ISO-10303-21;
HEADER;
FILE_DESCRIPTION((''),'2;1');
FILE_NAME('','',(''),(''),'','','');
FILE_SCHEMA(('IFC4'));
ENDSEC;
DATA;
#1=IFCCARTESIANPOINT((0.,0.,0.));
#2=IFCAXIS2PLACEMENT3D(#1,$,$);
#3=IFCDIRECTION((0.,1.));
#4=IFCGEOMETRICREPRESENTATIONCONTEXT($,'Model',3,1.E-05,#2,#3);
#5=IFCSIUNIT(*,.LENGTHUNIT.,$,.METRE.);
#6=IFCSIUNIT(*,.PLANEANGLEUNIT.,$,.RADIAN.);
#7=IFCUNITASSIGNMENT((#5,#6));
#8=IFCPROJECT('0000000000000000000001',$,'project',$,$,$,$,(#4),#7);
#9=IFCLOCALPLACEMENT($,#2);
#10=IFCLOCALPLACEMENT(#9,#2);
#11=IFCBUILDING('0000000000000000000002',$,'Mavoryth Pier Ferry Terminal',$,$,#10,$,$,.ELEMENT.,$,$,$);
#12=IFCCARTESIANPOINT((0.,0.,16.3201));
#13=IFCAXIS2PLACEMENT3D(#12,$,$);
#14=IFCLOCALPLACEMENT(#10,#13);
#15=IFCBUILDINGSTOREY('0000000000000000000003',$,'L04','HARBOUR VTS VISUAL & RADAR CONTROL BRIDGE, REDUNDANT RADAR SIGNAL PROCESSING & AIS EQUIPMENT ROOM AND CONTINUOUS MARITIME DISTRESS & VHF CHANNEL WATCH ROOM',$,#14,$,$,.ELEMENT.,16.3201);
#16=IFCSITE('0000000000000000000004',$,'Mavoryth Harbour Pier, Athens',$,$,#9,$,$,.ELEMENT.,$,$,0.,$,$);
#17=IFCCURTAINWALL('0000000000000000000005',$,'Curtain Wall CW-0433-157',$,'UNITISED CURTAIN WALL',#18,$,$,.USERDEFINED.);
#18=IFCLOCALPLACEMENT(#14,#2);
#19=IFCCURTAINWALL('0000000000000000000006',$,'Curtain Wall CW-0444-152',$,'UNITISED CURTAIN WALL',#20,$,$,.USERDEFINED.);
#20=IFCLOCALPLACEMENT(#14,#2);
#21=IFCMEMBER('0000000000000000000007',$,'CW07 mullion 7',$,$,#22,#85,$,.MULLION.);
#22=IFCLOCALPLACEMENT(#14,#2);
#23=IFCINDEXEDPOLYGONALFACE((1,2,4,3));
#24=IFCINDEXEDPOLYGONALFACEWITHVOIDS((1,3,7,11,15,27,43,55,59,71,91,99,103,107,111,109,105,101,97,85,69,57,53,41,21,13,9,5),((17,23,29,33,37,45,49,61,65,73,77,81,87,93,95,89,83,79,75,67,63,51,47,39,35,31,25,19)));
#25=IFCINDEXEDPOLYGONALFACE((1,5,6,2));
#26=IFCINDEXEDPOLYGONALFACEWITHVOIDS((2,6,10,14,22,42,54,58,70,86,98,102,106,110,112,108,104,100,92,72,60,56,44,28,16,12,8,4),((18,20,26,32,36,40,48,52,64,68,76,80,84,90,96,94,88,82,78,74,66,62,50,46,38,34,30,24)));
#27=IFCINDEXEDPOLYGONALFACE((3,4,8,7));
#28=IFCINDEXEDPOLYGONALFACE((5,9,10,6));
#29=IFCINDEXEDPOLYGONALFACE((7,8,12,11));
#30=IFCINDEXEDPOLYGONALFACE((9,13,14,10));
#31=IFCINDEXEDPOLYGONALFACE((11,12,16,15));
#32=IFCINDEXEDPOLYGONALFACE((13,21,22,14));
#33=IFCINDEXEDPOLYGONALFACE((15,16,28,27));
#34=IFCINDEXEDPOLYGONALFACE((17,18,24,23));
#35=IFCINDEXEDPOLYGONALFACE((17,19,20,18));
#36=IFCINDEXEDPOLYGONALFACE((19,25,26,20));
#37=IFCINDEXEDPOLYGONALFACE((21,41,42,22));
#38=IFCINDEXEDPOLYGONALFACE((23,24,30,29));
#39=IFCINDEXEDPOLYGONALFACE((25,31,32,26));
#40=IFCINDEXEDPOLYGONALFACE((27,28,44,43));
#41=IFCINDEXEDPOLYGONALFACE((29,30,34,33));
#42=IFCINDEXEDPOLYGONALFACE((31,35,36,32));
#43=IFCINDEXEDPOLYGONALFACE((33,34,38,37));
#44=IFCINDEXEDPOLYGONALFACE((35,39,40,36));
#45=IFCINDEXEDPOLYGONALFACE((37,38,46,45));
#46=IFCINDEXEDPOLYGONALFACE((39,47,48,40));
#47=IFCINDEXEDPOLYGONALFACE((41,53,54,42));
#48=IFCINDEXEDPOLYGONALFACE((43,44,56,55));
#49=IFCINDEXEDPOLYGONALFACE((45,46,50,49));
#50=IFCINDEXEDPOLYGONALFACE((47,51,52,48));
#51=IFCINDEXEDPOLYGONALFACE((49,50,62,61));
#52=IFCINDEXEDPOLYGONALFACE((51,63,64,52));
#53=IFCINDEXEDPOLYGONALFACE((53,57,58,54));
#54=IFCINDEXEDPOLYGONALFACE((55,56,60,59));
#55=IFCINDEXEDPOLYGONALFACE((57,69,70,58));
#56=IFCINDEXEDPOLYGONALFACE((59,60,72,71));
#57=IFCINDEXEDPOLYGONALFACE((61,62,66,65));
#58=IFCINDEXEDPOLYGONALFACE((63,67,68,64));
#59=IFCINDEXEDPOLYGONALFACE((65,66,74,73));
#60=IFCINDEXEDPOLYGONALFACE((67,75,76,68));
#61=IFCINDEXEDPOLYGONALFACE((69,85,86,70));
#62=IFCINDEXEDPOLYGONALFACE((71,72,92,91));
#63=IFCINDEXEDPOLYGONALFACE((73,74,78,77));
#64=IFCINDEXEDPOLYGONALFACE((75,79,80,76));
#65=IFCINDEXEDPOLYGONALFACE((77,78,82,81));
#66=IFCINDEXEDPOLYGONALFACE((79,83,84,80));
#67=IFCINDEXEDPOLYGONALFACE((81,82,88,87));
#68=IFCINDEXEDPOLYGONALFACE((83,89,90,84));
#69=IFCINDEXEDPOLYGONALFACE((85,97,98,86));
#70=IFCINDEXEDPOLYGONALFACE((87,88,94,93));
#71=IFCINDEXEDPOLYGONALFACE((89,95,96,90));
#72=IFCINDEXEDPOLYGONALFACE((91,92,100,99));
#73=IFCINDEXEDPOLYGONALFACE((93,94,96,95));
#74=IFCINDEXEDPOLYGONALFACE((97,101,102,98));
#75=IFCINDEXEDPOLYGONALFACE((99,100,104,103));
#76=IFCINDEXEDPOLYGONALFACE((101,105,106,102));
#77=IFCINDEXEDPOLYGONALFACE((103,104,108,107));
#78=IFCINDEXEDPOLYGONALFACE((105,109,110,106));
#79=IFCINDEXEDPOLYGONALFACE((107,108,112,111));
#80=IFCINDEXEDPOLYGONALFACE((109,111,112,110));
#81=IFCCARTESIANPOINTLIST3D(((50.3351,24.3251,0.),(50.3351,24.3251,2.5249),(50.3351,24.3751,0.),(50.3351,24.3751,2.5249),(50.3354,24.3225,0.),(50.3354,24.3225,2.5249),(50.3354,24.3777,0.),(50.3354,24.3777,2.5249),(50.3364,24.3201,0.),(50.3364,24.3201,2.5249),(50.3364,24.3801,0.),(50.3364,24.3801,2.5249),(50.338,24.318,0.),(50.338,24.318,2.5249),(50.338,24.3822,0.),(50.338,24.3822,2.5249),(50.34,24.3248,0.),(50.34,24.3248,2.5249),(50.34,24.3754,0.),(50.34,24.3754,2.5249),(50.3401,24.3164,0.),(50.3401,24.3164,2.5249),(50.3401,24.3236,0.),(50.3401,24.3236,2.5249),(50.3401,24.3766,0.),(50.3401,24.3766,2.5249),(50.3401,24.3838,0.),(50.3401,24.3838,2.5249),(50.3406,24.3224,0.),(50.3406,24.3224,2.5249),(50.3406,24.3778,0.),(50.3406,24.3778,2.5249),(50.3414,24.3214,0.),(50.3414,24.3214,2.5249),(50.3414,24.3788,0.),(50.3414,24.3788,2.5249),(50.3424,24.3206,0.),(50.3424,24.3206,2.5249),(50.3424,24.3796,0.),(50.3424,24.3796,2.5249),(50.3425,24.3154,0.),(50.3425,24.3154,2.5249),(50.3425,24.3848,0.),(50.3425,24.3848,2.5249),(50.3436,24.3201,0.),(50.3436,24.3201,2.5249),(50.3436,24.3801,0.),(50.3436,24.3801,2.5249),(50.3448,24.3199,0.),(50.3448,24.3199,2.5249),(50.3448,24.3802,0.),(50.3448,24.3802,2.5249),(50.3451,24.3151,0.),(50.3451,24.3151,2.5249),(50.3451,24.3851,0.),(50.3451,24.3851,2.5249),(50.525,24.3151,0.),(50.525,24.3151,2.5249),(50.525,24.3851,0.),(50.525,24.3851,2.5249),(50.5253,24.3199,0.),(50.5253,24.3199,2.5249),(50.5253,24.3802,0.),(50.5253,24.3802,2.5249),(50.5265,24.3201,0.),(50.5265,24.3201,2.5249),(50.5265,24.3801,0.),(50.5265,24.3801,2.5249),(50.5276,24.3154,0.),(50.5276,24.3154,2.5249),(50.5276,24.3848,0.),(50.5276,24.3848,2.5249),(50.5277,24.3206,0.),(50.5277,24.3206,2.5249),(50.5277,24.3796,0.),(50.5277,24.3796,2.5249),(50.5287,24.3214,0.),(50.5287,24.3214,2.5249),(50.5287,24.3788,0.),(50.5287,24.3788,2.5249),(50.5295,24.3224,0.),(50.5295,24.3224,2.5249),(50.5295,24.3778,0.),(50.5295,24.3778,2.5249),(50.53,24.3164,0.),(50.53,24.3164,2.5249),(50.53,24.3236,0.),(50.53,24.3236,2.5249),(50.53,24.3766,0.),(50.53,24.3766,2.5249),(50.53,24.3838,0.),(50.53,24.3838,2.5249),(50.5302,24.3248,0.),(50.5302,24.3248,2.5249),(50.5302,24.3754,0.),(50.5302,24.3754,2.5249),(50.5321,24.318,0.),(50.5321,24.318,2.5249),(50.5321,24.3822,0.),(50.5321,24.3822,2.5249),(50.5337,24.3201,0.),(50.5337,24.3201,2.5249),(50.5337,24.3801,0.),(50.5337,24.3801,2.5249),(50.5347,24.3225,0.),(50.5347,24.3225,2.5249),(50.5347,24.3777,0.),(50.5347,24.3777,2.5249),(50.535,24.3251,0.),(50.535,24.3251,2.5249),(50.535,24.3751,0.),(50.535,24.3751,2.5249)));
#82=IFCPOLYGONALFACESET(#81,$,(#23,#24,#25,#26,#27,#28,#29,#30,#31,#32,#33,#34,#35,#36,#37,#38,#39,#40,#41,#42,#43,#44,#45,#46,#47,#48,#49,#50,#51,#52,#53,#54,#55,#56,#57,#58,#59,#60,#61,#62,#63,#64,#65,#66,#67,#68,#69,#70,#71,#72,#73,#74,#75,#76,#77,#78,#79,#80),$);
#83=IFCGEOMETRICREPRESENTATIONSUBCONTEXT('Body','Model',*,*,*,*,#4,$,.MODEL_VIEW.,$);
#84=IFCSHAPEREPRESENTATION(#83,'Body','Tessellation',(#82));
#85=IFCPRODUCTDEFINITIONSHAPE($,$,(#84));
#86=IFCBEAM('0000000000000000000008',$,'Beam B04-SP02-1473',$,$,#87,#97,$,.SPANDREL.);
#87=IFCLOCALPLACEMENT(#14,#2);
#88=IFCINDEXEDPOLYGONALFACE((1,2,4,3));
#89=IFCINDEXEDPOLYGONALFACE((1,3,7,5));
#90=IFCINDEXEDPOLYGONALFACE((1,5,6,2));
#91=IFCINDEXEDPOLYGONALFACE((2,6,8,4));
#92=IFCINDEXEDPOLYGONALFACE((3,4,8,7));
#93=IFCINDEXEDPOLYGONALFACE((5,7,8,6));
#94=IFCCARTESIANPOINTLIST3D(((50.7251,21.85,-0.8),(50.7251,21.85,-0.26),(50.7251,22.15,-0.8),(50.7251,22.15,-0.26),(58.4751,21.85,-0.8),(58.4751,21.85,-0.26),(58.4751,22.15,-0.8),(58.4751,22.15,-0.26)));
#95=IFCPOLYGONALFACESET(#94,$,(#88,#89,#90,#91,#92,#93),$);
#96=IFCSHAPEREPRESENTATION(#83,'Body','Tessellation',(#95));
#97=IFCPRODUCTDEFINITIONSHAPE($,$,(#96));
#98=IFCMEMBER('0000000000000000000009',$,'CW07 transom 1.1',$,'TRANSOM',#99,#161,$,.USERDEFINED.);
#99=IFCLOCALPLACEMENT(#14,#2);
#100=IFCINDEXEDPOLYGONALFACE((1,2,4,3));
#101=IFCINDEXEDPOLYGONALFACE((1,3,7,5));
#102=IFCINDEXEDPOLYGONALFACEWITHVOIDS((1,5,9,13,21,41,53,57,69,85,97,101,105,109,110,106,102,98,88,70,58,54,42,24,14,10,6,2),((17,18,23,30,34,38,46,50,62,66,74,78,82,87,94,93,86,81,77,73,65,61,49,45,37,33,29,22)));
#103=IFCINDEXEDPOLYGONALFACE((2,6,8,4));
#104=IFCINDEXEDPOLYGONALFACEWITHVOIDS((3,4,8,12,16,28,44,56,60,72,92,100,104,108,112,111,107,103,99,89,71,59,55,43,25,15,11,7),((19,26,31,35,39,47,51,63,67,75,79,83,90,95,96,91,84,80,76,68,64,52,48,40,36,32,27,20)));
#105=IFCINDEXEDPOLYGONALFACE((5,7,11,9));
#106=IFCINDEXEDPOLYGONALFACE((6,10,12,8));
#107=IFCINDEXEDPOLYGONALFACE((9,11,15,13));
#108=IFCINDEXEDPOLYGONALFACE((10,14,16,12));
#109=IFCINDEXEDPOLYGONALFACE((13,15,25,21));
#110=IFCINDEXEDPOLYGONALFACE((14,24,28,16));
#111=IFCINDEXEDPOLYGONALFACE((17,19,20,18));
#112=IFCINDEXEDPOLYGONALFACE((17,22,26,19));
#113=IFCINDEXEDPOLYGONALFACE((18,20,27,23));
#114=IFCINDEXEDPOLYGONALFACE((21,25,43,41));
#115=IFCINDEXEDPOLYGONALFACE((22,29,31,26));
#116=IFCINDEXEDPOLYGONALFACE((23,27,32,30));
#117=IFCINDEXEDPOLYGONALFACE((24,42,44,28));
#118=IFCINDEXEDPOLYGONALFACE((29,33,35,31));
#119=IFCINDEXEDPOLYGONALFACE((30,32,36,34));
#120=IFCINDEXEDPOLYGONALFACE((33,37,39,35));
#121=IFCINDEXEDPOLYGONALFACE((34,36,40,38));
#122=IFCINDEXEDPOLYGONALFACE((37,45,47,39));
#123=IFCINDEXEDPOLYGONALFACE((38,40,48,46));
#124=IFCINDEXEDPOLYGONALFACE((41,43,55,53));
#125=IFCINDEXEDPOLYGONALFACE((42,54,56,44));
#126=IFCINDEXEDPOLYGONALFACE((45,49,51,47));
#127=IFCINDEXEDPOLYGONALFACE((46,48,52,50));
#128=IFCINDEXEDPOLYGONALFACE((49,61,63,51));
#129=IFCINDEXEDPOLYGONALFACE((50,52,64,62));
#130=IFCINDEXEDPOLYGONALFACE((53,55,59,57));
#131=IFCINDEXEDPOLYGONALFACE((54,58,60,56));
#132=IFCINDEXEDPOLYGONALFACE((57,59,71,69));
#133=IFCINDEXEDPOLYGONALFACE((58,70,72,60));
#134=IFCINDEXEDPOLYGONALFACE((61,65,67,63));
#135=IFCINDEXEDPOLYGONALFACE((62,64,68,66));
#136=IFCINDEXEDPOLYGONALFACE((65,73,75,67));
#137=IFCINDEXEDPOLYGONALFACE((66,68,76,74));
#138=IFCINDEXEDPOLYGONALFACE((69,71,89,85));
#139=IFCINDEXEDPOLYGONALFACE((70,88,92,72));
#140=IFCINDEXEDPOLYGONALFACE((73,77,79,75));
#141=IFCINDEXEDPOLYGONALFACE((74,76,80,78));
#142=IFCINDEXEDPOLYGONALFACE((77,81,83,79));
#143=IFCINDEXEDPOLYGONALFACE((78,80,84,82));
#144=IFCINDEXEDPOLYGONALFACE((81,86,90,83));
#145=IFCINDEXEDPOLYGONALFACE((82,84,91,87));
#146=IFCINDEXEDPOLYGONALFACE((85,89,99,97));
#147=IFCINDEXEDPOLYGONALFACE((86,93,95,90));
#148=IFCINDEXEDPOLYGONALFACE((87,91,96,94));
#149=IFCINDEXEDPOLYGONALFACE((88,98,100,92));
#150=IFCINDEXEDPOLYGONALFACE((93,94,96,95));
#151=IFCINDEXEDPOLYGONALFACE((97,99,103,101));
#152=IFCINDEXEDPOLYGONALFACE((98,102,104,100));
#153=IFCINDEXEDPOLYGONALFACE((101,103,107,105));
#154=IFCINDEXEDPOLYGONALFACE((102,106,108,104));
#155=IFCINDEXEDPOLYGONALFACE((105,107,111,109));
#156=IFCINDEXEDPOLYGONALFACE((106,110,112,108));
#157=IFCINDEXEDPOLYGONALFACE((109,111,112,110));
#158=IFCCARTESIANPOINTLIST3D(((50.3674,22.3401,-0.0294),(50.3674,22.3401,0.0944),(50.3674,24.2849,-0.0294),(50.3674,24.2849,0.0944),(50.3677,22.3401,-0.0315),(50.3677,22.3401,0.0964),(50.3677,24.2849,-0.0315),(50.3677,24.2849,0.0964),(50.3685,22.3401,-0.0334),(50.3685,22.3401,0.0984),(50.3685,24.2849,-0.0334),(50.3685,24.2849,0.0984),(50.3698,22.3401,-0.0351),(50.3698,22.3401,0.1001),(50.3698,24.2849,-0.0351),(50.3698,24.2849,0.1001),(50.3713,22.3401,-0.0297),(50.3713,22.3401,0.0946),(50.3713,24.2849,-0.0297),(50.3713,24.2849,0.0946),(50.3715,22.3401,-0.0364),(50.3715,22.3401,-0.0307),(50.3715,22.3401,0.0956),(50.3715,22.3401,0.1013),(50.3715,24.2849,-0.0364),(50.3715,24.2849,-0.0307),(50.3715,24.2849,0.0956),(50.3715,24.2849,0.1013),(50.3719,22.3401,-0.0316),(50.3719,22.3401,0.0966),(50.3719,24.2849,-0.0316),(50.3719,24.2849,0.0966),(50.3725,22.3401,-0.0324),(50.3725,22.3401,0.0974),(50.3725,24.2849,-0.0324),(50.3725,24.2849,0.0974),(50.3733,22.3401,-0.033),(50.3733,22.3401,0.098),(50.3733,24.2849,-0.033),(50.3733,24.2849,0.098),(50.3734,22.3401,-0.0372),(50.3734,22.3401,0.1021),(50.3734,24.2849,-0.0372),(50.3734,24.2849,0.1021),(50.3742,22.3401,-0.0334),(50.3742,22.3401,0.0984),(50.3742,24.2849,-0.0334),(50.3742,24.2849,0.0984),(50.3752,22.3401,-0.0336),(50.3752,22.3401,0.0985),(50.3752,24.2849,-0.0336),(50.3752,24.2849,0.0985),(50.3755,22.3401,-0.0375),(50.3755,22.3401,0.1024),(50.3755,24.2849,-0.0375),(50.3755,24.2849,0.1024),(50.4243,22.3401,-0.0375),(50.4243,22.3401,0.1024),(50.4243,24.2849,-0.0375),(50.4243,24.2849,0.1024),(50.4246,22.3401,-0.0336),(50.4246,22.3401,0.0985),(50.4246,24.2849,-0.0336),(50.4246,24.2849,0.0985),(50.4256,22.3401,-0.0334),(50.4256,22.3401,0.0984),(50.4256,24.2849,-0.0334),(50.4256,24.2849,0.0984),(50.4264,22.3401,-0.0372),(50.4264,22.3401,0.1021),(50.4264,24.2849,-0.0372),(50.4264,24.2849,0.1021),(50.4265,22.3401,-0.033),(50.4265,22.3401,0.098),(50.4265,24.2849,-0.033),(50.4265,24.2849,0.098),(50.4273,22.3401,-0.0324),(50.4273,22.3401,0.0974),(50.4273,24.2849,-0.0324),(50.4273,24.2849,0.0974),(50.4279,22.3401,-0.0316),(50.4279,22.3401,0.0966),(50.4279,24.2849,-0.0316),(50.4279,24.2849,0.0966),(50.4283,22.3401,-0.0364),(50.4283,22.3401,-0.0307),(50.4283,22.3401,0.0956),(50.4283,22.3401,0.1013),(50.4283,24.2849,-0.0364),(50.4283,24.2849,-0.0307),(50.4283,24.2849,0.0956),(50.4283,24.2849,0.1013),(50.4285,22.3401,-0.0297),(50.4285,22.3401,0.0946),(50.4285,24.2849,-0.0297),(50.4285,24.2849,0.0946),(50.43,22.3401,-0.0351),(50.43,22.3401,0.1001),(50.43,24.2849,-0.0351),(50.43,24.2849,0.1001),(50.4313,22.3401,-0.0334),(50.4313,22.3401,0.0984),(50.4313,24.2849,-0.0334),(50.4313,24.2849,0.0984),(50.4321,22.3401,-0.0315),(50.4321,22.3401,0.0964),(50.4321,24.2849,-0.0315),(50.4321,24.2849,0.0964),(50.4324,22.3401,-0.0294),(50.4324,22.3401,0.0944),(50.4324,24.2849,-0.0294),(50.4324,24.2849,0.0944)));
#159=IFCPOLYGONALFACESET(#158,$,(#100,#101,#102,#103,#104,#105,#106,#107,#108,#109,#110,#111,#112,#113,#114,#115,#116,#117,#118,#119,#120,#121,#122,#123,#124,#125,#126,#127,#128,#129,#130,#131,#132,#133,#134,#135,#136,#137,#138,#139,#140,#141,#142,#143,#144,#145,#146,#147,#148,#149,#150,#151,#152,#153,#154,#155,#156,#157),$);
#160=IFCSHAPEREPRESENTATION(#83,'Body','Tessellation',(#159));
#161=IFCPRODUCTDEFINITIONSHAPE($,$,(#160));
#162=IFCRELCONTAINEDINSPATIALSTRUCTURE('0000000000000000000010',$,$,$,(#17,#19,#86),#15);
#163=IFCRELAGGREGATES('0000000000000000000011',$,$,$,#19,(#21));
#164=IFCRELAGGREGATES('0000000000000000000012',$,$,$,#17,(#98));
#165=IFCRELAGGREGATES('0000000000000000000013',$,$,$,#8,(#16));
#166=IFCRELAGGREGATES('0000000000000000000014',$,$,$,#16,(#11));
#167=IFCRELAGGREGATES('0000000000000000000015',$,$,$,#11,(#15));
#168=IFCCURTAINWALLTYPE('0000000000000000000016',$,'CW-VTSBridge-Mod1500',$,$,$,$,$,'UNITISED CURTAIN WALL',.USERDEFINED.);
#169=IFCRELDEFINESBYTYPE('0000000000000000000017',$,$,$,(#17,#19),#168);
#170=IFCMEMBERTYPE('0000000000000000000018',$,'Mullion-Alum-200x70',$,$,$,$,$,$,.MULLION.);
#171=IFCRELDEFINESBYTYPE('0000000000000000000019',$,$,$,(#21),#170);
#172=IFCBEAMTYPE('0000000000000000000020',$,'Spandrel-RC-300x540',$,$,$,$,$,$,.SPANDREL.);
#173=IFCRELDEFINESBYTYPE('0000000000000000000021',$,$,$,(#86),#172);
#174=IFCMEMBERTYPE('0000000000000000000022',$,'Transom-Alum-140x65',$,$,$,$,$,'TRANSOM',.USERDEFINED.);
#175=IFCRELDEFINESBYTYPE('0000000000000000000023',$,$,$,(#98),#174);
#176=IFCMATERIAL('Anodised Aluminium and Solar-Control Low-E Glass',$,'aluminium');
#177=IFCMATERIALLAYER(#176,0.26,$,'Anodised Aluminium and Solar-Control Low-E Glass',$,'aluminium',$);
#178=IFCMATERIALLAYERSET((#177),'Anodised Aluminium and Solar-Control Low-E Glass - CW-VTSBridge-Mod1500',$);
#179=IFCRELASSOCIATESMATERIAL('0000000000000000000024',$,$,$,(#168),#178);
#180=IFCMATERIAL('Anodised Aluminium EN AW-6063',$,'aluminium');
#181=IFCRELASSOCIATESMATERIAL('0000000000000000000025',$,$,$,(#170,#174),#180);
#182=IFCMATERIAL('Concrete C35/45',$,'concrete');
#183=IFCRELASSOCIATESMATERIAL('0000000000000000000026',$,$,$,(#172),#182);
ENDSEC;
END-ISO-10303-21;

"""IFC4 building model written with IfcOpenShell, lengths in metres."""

from ifc_helpers import new_model, si_unit, direction, frame, origin, origin_2d, place, context, subcontext, project, spatial, rectangle, hollow_rectangle, extrude, material, layer, layer_set, material_profile, profile_set, type_object, element, aggregate, save


model = new_model("IFC4")

# Units and contexts
model_context = context("Model", 3, precision=1e-05, world=origin(), true_north=direction((0.0, 1.0)))
body_context = subcontext(model_context, "Body", "Model", "MODEL_VIEW")
ifc_project = project(units=[si_unit("LENGTHUNIT", "METRE"), si_unit("PLANEANGLEUNIT", "RADIAN")], contexts=[model_context])

# Site, building, storey
site_placement = place(None, origin())
site = spatial("IfcSite", under=ifc_project, at=site_placement, Name="Mavoryth Harbour Pier, Athens", CompositionType="ELEMENT", RefElevation=0.0)
building_placement = place(site_placement, origin())
building = spatial("IfcBuilding", under=site, at=building_placement, Name="Mavoryth Pier Ferry Terminal", CompositionType="ELEMENT")
storey_placement = place(building_placement, frame((0.0, 0.0, 16.3201)))
storey = spatial("IfcBuildingStorey", under=building, at=storey_placement, Name="L04", Description="HARBOUR VTS VISUAL & RADAR CONTROL BRIDGE, REDUNDANT RADAR SIGNAL PROCESSING & AIS EQUIPMENT ROOM AND CONTINUOUS MARITIME DISTRESS & VHF CHANNEL WATCH ROOM", CompositionType="ELEMENT", Elevation=16.3201)

# Shared definitions
ifc_material_1 = material(Name="Concrete C35/45", Category="concrete")

# Curtain walls, member
ifc_material_2 = material(Name="Anodised Aluminium and Solar-Control Low-E Glass", Category="aluminium")
ifc_layer_1 = layer(ifc_material_2, 0.26, Name="Anodised Aluminium and Solar-Control Low-E Glass", Category="aluminium")
ifc_layer_set_1 = layer_set([ifc_layer_1], Name="Anodised Aluminium and Solar-Control Low-E Glass - CW-VTSBridge-Mod1500")
curtain_wall_type = type_object("IfcCurtainWallType", Name="CW-VTSBridge-Mod1500", ElementType="UNITISED CURTAIN WALL", PredefinedType="USERDEFINED", material=ifc_layer_set_1)
curtain_wall_1_placement = place(storey_placement, origin())
curtain_wall_1 = element("IfcCurtainWall", 1, at=curtain_wall_1_placement, inside=storey, type_object=curtain_wall_type, Name="Curtain Wall CW-0433-157", ObjectType="UNITISED CURTAIN WALL", PredefinedType="USERDEFINED")
ifc_material_3 = material(Name="Anodised Aluminium EN AW-6063", Category="aluminium")
curtain_wall_2_placement = place(storey_placement, origin())
curtain_wall_2 = element("IfcCurtainWall", 2, at=curtain_wall_2_placement, inside=storey, type_object=curtain_wall_type, Name="Curtain Wall CW-0444-152", ObjectType="UNITISED CURTAIN WALL", PredefinedType="USERDEFINED")
ifc_material_profile_1 = material_profile(ifc_material_3, hollow_rectangle(XDim=0.0701, YDim=0.2, WallThickness=0.0049, InnerFilletRadius=0.0049, OuterFilletRadius=0.01, at=origin_2d()), Name="AL-MULL 200x70x5", Category="aluminium")
ifc_profile_set_1 = profile_set([ifc_material_profile_1], Name="Anodised Aluminium EN AW-6063 - AL-MULL 200x70x5")
member_type_1 = type_object("IfcMemberType", Name="Mullion-Alum-200x70", PredefinedType="MULLION", material=ifc_profile_set_1)
member_1_placement = place(storey_placement, frame((50.4351, 24.3501, 0.0), z_axis=(0.0, 0.0, 1.0), x_axis=(0.0, -1.0, 0.0)))
member_1 = element("IfcMember", 3, at=member_1_placement, type_object=member_type_1, Name="CW07 mullion 7", PredefinedType="MULLION", context=body_context, shape_type="SweptSolid", body=[
    extrude(hollow_rectangle(XDim=0.0701, YDim=0.2, WallThickness=0.0049, InnerFilletRadius=0.0049, OuterFilletRadius=0.01, at=origin_2d()), origin(), (0.0, 0.0, 1.0), 2.5249),
])

# Beam
ifc_material_profile_2 = material_profile(ifc_material_1, rectangle(XDim=0.3, YDim=0.54, at=origin_2d()), Name="RC 300x540", Category="concrete")
ifc_profile_set_2 = profile_set([ifc_material_profile_2], Name="Concrete C35/45 - RC 300x540")
beam_type_1 = type_object("IfcBeamType", Name="Spandrel-RC-300x540", PredefinedType="SPANDREL", material=ifc_profile_set_2)
beam_1_placement = place(storey_placement, frame((50.7251, 22.0, -0.53), z_axis=(1.0, 0.0, 0.0), x_axis=(0.0, 1.0, 0.0)))
element("IfcBeam", 4, at=beam_1_placement, inside=storey, type_object=beam_type_1, Name="Beam B04-SP02-1473", PredefinedType="SPANDREL", context=body_context, shape_type="SweptSolid", body=[
    extrude(rectangle(XDim=0.3, YDim=0.54, at=origin_2d()), origin(), (0.0, 0.0, 1.0), 7.75),
])

# Member
ifc_material_profile_3 = material_profile(ifc_material_3, hollow_rectangle(XDim=0.0649, YDim=0.1399, WallThickness=0.0039, InnerFilletRadius=0.0039, OuterFilletRadius=0.0081, at=origin_2d()), Name="AL-TRAN 140x65x4", Category="aluminium")
ifc_profile_set_3 = profile_set([ifc_material_profile_3], Name="Anodised Aluminium EN AW-6063 - AL-TRAN 140x65x4")
member_type_2 = type_object("IfcMemberType", Name="Transom-Alum-140x65", ElementType="TRANSOM", PredefinedType="USERDEFINED", material=ifc_profile_set_3)
member_2_placement = place(storey_placement, frame((50.3999, 24.2849, 0.0325), z_axis=(0.0, -1.0, 0.0), x_axis=(1.0, 0.0, 0.0)))
member_2 = element("IfcMember", 5, at=member_2_placement, type_object=member_type_2, Name="CW07 transom 1.1", ObjectType="TRANSOM", PredefinedType="USERDEFINED", context=body_context, shape_type="SweptSolid", body=[
    extrude(hollow_rectangle(XDim=0.0649, YDim=0.1399, WallThickness=0.0039, InnerFilletRadius=0.0039, OuterFilletRadius=0.0081, at=origin_2d()), origin(), (0.0, 0.0, 1.0), 1.9448),
])

aggregate(curtain_wall_2, [member_1])
aggregate(curtain_wall_1, [member_2])

save(model, "model.ifc")
